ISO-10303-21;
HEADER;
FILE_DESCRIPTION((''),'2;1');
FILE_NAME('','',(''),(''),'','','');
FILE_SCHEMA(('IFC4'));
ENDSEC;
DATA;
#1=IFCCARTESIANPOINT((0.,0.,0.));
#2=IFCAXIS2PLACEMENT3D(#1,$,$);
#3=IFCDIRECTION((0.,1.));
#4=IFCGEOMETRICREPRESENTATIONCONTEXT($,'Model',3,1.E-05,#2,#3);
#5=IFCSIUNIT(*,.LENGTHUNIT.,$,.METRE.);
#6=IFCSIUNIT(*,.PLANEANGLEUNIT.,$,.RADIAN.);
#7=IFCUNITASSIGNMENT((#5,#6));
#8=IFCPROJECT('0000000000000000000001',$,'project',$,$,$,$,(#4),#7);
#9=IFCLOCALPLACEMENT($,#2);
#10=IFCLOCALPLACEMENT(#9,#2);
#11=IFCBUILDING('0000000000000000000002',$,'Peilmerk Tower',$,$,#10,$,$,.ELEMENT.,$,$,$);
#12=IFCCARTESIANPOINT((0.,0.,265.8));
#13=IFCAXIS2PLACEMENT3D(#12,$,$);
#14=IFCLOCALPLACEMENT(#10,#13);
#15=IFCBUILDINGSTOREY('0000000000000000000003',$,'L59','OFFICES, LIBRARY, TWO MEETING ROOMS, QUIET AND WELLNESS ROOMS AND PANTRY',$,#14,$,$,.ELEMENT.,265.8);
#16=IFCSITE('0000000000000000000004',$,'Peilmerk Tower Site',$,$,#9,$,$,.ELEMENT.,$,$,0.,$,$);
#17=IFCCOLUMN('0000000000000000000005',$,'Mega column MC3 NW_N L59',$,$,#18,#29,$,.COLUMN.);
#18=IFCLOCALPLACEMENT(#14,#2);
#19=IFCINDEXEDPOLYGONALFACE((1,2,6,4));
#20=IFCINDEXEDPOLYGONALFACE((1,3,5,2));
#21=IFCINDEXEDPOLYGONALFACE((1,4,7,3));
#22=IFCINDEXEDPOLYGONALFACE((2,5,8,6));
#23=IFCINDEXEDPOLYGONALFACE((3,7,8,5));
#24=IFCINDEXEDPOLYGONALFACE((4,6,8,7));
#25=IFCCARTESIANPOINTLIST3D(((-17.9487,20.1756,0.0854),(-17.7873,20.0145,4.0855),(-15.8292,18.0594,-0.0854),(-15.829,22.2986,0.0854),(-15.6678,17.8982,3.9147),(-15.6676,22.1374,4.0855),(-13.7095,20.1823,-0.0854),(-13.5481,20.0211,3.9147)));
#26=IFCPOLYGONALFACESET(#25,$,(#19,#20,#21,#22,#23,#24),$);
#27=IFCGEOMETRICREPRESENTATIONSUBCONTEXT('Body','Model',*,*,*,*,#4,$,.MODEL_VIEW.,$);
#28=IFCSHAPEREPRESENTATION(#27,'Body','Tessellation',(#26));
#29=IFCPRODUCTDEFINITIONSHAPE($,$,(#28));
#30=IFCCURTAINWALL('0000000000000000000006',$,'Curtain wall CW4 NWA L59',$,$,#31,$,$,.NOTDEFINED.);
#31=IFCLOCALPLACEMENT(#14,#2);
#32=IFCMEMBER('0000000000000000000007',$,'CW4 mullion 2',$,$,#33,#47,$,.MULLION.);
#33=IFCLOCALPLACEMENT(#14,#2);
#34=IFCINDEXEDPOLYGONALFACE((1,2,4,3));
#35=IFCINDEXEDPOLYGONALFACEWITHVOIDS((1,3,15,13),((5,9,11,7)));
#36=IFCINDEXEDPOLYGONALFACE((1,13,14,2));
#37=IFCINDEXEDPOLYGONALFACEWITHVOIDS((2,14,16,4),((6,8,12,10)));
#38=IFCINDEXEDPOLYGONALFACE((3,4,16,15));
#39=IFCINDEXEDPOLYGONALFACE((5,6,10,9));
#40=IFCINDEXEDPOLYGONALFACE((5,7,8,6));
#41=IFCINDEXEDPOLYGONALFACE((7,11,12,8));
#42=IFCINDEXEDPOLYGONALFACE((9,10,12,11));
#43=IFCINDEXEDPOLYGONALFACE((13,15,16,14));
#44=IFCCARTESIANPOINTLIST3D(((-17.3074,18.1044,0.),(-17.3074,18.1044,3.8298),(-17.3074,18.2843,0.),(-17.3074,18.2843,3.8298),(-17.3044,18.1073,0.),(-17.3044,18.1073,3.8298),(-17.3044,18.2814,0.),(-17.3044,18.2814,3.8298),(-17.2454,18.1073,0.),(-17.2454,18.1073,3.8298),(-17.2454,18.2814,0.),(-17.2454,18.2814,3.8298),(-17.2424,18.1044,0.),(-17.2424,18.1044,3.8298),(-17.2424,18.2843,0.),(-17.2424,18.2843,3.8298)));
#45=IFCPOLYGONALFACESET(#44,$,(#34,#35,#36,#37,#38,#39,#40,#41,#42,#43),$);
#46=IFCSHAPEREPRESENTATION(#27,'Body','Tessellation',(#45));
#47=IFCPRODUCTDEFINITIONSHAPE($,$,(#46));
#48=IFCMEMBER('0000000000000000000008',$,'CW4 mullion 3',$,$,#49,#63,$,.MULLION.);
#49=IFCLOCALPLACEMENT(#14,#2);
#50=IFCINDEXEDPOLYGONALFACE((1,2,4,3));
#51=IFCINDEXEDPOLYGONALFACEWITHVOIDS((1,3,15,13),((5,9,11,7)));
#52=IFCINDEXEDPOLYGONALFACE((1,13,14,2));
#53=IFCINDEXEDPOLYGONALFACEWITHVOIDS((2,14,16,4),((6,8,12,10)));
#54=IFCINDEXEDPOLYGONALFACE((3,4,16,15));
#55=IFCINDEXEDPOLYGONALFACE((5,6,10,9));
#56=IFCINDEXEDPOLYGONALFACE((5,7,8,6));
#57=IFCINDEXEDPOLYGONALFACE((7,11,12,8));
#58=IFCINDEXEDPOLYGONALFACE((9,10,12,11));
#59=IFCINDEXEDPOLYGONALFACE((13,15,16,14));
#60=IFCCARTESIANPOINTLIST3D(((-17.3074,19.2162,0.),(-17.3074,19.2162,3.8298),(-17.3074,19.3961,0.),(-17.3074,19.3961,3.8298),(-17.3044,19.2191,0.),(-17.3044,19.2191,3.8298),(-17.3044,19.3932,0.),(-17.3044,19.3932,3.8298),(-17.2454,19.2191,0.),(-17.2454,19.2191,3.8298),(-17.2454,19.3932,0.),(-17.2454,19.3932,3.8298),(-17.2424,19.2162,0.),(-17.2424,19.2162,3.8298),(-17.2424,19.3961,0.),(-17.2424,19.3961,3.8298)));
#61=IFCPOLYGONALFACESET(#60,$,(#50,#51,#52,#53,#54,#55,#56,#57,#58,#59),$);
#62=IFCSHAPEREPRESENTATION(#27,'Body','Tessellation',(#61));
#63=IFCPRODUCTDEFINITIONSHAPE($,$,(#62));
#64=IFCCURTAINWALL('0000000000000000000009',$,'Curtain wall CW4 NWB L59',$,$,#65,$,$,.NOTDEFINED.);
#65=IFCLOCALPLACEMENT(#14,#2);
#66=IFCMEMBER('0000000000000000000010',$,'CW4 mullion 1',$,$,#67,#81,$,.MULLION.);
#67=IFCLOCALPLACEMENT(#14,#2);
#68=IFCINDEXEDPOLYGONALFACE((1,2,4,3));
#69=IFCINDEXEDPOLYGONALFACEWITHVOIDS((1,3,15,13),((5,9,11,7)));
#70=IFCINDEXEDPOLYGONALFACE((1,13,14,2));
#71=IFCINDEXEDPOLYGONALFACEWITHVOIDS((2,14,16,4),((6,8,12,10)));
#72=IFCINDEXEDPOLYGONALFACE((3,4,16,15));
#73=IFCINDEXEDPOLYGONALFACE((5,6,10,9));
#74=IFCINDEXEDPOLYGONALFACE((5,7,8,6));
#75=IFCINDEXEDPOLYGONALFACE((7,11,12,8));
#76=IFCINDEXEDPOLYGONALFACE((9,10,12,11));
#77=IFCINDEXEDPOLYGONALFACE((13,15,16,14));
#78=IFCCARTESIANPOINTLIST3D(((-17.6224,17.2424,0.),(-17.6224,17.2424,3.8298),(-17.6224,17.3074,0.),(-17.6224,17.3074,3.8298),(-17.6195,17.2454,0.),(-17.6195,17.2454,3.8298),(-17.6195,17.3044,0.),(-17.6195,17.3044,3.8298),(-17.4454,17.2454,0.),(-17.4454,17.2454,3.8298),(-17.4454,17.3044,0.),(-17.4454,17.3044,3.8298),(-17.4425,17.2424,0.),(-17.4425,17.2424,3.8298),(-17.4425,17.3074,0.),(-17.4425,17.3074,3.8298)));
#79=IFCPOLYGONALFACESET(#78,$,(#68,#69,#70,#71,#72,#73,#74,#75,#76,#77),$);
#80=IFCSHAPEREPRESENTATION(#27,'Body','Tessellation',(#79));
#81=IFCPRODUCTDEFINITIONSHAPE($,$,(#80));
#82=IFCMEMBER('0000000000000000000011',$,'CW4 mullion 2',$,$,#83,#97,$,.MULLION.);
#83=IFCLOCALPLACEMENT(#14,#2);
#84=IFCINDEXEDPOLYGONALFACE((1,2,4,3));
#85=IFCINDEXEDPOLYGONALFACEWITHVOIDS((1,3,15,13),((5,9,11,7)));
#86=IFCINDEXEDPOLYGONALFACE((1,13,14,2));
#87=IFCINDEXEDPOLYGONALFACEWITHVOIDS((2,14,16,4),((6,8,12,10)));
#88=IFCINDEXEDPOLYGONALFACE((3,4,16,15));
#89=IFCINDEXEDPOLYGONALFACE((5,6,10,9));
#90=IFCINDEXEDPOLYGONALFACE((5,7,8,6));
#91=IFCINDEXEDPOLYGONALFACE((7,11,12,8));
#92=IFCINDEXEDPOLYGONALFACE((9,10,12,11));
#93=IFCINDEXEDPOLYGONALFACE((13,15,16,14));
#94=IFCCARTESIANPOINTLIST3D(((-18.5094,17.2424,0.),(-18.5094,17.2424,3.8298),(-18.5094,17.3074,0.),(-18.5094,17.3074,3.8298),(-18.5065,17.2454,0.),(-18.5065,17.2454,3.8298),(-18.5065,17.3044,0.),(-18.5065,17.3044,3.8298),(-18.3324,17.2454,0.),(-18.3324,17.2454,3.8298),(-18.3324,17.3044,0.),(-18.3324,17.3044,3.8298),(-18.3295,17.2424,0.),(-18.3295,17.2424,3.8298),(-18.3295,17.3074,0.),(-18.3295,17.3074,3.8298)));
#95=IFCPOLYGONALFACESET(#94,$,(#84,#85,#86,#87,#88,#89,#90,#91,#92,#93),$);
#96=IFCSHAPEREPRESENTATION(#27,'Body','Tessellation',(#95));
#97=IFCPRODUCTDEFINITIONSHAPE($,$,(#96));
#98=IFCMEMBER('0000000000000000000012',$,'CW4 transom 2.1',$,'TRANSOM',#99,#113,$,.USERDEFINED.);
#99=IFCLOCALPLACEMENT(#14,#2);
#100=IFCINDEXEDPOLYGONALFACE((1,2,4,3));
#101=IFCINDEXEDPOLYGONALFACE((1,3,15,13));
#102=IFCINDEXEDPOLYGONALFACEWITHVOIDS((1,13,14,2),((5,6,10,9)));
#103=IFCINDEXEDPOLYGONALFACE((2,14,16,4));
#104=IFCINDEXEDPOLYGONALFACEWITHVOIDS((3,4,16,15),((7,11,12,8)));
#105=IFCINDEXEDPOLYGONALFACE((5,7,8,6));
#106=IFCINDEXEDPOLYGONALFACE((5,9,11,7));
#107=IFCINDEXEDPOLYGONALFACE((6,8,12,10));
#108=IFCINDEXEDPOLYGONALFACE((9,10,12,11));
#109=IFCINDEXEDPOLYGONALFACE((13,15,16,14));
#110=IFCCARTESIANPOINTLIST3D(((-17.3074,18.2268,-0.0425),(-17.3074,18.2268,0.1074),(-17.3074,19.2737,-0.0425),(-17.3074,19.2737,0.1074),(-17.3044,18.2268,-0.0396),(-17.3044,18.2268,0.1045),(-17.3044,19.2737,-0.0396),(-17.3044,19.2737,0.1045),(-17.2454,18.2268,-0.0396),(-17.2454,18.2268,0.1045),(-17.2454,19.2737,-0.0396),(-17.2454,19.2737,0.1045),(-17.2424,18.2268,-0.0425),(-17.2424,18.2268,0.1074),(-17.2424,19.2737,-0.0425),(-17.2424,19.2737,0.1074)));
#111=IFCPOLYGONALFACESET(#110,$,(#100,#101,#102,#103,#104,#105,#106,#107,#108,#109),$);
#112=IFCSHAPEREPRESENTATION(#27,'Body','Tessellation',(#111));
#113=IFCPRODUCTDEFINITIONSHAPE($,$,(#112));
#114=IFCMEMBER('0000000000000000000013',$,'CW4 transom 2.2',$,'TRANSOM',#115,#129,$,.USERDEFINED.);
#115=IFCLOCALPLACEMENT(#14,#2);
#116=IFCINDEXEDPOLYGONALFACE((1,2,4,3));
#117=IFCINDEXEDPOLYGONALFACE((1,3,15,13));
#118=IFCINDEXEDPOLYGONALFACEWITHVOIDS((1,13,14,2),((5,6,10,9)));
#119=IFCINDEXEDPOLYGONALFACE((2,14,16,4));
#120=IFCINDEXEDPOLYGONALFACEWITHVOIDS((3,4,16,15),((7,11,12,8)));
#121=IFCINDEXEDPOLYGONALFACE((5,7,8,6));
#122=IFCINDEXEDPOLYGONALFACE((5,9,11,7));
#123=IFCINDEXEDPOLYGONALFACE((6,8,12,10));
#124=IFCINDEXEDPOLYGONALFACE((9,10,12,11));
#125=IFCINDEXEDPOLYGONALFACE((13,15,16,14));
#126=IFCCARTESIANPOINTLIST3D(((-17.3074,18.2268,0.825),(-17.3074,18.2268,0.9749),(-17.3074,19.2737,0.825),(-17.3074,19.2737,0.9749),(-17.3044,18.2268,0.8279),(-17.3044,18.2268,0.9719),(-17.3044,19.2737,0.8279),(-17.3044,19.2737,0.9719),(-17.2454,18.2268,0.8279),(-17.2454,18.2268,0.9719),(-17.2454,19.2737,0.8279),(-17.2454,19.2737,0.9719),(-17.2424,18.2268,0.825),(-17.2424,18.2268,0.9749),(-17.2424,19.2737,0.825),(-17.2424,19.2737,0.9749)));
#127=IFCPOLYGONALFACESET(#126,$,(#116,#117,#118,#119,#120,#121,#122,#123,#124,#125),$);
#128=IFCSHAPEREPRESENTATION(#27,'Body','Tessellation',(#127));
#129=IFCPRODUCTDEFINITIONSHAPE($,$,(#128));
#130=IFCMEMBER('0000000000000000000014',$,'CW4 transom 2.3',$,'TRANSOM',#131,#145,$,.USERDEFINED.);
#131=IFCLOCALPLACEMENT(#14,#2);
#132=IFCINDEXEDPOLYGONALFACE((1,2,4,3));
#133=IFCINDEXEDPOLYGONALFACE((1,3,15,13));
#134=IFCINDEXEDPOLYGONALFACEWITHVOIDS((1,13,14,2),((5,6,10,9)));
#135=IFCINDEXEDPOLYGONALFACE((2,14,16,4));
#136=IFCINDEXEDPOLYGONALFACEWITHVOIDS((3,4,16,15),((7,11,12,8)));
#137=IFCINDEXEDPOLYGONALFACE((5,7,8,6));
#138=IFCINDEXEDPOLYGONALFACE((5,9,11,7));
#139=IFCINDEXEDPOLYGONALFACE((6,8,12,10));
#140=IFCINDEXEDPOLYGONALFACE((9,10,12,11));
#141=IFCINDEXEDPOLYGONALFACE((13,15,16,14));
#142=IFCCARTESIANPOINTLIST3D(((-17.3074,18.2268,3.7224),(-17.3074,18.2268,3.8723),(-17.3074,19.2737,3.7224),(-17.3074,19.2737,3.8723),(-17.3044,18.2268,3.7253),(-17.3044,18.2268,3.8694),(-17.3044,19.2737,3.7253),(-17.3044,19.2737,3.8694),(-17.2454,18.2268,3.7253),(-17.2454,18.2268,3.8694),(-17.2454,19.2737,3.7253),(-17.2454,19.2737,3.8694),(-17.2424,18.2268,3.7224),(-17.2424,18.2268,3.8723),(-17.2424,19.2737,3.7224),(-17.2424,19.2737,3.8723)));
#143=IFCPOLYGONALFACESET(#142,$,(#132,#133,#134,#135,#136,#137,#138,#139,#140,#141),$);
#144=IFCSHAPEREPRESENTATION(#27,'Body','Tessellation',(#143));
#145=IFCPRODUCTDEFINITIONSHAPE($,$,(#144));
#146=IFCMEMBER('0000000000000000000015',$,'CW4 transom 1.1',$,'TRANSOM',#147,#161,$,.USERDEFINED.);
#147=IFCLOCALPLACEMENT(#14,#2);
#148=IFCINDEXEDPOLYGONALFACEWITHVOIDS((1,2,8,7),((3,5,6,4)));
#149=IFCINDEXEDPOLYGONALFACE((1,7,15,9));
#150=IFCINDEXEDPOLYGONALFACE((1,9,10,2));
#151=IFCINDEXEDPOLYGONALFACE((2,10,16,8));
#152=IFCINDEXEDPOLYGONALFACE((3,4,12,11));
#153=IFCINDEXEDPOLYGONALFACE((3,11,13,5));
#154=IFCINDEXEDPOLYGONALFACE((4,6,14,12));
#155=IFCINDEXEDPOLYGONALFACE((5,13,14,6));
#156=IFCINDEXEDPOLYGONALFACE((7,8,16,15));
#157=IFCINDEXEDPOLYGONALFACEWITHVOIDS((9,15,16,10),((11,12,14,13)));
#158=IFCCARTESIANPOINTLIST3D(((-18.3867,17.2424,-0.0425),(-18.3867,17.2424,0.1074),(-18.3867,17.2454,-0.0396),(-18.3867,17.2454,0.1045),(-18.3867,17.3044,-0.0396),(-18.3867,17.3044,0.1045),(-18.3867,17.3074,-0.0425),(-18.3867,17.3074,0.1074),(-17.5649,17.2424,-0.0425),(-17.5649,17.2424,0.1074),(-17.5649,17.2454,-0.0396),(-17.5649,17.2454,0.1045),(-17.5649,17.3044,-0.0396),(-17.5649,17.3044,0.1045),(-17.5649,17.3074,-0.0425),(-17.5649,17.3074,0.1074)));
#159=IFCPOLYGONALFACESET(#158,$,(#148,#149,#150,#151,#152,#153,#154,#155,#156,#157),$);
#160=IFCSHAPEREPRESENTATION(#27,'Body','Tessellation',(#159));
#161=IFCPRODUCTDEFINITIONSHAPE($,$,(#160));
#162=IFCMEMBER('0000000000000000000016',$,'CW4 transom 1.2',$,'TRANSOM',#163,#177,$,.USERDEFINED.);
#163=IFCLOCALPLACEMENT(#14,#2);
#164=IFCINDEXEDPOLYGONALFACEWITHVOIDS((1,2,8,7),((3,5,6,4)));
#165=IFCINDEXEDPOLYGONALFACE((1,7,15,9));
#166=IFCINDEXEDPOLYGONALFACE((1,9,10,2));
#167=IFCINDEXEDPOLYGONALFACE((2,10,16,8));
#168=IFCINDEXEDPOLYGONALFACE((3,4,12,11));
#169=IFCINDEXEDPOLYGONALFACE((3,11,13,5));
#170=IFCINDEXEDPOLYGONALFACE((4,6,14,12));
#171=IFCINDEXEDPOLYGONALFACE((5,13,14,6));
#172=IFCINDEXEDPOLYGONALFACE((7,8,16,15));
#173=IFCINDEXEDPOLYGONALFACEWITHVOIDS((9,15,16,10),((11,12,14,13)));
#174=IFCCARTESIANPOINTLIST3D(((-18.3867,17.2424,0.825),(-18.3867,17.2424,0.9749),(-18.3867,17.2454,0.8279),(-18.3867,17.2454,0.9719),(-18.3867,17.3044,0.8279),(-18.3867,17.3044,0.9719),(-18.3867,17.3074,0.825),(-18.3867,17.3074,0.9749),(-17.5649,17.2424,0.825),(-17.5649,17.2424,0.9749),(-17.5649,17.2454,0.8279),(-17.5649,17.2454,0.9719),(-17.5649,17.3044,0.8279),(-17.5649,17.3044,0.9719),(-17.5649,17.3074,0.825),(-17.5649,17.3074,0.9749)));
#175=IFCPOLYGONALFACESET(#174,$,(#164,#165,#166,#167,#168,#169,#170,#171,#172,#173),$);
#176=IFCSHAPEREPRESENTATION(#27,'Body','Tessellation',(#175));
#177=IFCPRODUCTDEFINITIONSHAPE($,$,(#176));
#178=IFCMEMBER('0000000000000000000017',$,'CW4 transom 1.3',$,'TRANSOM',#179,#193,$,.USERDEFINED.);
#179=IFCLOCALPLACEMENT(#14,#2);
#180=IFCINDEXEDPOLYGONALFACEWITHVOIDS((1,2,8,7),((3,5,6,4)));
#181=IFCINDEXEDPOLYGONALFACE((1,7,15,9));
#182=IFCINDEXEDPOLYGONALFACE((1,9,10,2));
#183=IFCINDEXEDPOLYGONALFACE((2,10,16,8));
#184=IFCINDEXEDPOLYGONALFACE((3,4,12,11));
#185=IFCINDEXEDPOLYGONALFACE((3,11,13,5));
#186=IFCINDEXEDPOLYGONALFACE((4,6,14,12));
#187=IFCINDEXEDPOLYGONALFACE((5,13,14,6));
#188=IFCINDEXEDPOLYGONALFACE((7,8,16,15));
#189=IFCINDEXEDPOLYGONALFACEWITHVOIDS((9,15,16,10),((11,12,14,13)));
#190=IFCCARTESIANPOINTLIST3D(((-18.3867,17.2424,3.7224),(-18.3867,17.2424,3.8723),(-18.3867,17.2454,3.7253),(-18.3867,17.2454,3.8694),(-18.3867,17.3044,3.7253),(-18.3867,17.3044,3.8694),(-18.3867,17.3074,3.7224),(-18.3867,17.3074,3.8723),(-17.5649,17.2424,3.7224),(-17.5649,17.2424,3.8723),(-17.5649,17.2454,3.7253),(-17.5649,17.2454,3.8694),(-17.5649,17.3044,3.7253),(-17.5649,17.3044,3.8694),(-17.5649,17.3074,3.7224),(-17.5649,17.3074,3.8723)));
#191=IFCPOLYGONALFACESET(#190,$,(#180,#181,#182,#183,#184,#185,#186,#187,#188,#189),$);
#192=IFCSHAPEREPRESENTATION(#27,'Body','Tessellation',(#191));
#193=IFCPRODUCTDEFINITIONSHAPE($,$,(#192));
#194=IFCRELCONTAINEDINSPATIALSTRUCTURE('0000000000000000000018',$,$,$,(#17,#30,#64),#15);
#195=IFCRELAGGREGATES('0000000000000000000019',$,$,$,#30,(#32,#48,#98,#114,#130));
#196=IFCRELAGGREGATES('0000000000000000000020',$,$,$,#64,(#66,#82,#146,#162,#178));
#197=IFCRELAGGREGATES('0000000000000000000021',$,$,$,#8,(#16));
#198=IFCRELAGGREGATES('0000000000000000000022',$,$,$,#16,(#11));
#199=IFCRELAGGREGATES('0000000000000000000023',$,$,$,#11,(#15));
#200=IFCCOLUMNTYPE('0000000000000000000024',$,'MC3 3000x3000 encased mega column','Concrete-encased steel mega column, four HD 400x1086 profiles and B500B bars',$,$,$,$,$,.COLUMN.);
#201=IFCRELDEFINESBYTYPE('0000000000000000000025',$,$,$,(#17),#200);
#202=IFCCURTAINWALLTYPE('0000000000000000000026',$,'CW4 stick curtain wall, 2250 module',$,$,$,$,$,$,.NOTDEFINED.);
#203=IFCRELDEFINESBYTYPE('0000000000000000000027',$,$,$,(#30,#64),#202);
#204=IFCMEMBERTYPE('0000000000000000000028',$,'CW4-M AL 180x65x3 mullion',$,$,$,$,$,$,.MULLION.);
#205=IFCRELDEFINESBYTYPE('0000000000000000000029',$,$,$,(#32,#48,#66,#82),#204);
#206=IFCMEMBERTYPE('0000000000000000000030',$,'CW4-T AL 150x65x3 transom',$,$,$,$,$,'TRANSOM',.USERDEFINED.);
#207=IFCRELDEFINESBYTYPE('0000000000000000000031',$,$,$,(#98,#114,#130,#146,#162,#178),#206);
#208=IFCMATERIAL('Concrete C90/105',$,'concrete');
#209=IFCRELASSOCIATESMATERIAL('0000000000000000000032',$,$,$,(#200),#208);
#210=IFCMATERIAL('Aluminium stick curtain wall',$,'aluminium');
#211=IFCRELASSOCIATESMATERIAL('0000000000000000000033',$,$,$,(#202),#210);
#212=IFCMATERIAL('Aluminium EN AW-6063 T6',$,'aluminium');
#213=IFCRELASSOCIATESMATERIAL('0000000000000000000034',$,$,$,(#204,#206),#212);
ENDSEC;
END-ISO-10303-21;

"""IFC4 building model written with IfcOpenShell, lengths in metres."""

from ifc_helpers import new_model, si_unit, direction, frame, origin, origin_2d, place, context, subcontext, project, spatial, rectangle, hollow_rectangle, extrude, material, material_profile, profile_set, type_object, element, aggregate, save


model = new_model("IFC4")

# Units and contexts
model_context = context("Model", 3, precision=1e-05, world=origin(), true_north=direction((0.0, 1.0)))
body_context = subcontext(model_context, "Body", "Model", "MODEL_VIEW")
ifc_project = project(units=[si_unit("LENGTHUNIT", "METRE"), si_unit("PLANEANGLEUNIT", "RADIAN")], contexts=[model_context])

# Site, building, storey
site_placement = place(None, origin())
site = spatial("IfcSite", under=ifc_project, at=site_placement, Name="Peilmerk Tower Site", CompositionType="ELEMENT", RefElevation=0.0)
building_placement = place(site_placement, origin())
building = spatial("IfcBuilding", under=site, at=building_placement, Name="Peilmerk Tower", CompositionType="ELEMENT")
storey_placement = place(building_placement, frame((0.0, 0.0, 265.8)))
storey = spatial("IfcBuildingStorey", under=building, at=storey_placement, Name="L59", Description="OFFICES, LIBRARY, TWO MEETING ROOMS, QUIET AND WELLNESS ROOMS AND PANTRY", CompositionType="ELEMENT", Elevation=265.8)

# Column
ifc_material_1 = material(Name="Concrete C90/105", Category="concrete")
ifc_material_profile_1 = material_profile(ifc_material_1, rectangle(XDim=3.0, YDim=3.0, at=origin_2d()), Name="RC 3000x3000")
ifc_profile_set_1 = profile_set([ifc_material_profile_1], Name="Concrete C90/105")
column_type = type_object("IfcColumnType", Name="MC3 3000x3000 encased mega column", Description="Concrete-encased steel mega column, four HD 400x1086 profiles and B500B bars", PredefinedType="COLUMN", material=ifc_profile_set_1)
column_placement = place(storey_placement, frame((-15.8291, 20.179, 0.0), z_axis=(0.040279, -0.040218, 0.998379), x_axis=(0.706571, 0.707642, 0.0)))
element("IfcColumn", 1, at=column_placement, inside=storey, type_object=column_type, Name="Mega column MC3 NW_N L59", PredefinedType="COLUMN", context=body_context, shape_type="SweptSolid", body=[
    extrude(rectangle(XDim=3.0, YDim=3.0, at=origin_2d()), origin(), (0.0, 0.0, 1.0), 4.0066),
])

# Curtain walls, members
ifc_material_2 = material(Name="Aluminium stick curtain wall", Category="aluminium")
curtain_wall_type = type_object("IfcCurtainWallType", Name="CW4 stick curtain wall, 2250 module", PredefinedType="NOTDEFINED", material=ifc_material_2)
curtain_wall_1_placement = place(storey_placement, origin())
curtain_wall_1 = element("IfcCurtainWall", 2, at=curtain_wall_1_placement, inside=storey, type_object=curtain_wall_type, Name="Curtain wall CW4 NWA L59", PredefinedType="NOTDEFINED")
ifc_material_3 = material(Name="Aluminium EN AW-6063 T6", Category="aluminium")
ifc_material_profile_2 = material_profile(ifc_material_3, hollow_rectangle(XDim=0.0649, YDim=0.1799, WallThickness=0.0029, at=origin_2d()), Name="AL 180x65x3")
ifc_profile_set_2 = profile_set([ifc_material_profile_2], Name="Aluminium EN AW-6063 T6")
member_type_1 = type_object("IfcMemberType", Name="CW4-M AL 180x65x3 mullion", PredefinedType="MULLION", material=ifc_profile_set_2)
member_1_placement = place(storey_placement, frame((-17.2749, 18.1943, 0.0), z_axis=(0.0, 0.0, 1.0), x_axis=(-1.0, 0.0, 0.0)))
member_1 = element("IfcMember", 3, at=member_1_placement, type_object=member_type_1, Name="CW4 mullion 2", PredefinedType="MULLION", context=body_context, shape_type="SweptSolid", body=[
    extrude(hollow_rectangle(XDim=0.0649, YDim=0.1799, WallThickness=0.0029, at=origin_2d()), origin(), (0.0, 0.0, 1.0), 3.8298),
])
member_2_placement = place(storey_placement, frame((-17.2749, 19.3062, 0.0), z_axis=(0.0, 0.0, 1.0), x_axis=(-1.0, 0.0, 0.0)))
member_2 = element("IfcMember", 4, at=member_2_placement, type_object=member_type_1, Name="CW4 mullion 3", PredefinedType="MULLION", context=body_context, shape_type="SweptSolid", body=[
    extrude(hollow_rectangle(XDim=0.0649, YDim=0.1799, WallThickness=0.0029, at=origin_2d()), origin(), (0.0, 0.0, 1.0), 3.8298),
])
curtain_wall_2_placement = place(storey_placement, origin())
curtain_wall_2 = element("IfcCurtainWall", 5, at=curtain_wall_2_placement, inside=storey, type_object=curtain_wall_type, Name="Curtain wall CW4 NWB L59", PredefinedType="NOTDEFINED")
member_3_placement = place(storey_placement, frame((-17.5325, 17.2749, 0.0), z_axis=(0.0, 0.0, 1.0), x_axis=(0.0, -1.0, 0.0)))
member_3 = element("IfcMember", 6, at=member_3_placement, type_object=member_type_1, Name="CW4 mullion 1", PredefinedType="MULLION", context=body_context, shape_type="SweptSolid", body=[
    extrude(hollow_rectangle(XDim=0.0649, YDim=0.1799, WallThickness=0.0029, at=origin_2d()), origin(), (0.0, 0.0, 1.0), 3.8298),
])
member_4_placement = place(storey_placement, frame((-18.4194, 17.2749, 0.0), z_axis=(0.0, 0.0, 1.0), x_axis=(0.0, -1.0, 0.0)))
member_4 = element("IfcMember", 7, at=member_4_placement, type_object=member_type_1, Name="CW4 mullion 2", PredefinedType="MULLION", context=body_context, shape_type="SweptSolid", body=[
    extrude(hollow_rectangle(XDim=0.0649, YDim=0.1799, WallThickness=0.0029, at=origin_2d()), origin(), (0.0, 0.0, 1.0), 3.8298),
])

# Members
ifc_material_profile_3 = material_profile(ifc_material_3, hollow_rectangle(XDim=0.0649, YDim=0.1499, WallThickness=0.0029, at=origin_2d()), Name="AL 150x65x3")
ifc_profile_set_3 = profile_set([ifc_material_profile_3], Name="Aluminium EN AW-6063 T6")
member_type_2 = type_object("IfcMemberType", Name="CW4-T AL 150x65x3 transom", ElementType="TRANSOM", PredefinedType="USERDEFINED", material=ifc_profile_set_3)
member_5_placement = place(storey_placement, frame((-17.2749, 18.2268, 0.0325), z_axis=(0.0, 1.0, 0.0), x_axis=(-1.0, 0.0, 0.0)))
member_5 = element("IfcMember", 8, at=member_5_placement, type_object=member_type_2, Name="CW4 transom 2.1", ObjectType="TRANSOM", PredefinedType="USERDEFINED", context=body_context, shape_type="SweptSolid", body=[
    extrude(hollow_rectangle(XDim=0.0649, YDim=0.1499, WallThickness=0.0029, at=origin_2d()), origin(), (0.0, 0.0, 1.0), 1.0469),
])
member_6_placement = place(storey_placement, frame((-17.2749, 18.2268, 0.8999), z_axis=(0.0, 1.0, 0.0), x_axis=(-1.0, 0.0, 0.0)))
member_6 = element("IfcMember", 9, at=member_6_placement, type_object=member_type_2, Name="CW4 transom 2.2", ObjectType="TRANSOM", PredefinedType="USERDEFINED", context=body_context, shape_type="SweptSolid", body=[
    extrude(hollow_rectangle(XDim=0.0649, YDim=0.1499, WallThickness=0.0029, at=origin_2d()), origin(), (0.0, 0.0, 1.0), 1.0469),
])
member_7_placement = place(storey_placement, frame((-17.2749, 18.2268, 3.7974), z_axis=(0.0, 1.0, 0.0), x_axis=(-1.0, 0.0, 0.0)))
member_7 = element("IfcMember", 10, at=member_7_placement, type_object=member_type_2, Name="CW4 transom 2.3", ObjectType="TRANSOM", PredefinedType="USERDEFINED", context=body_context, shape_type="SweptSolid", body=[
    extrude(hollow_rectangle(XDim=0.0649, YDim=0.1499, WallThickness=0.0029, at=origin_2d()), origin(), (0.0, 0.0, 1.0), 1.0469),
])
member_8_placement = place(storey_placement, frame((-17.5649, 17.2749, 0.0325), z_axis=(-1.0, 0.0, 0.0), x_axis=(0.0, -1.0, 0.0)))
member_8 = element("IfcMember", 11, at=member_8_placement, type_object=member_type_2, Name="CW4 transom 1.1", ObjectType="TRANSOM", PredefinedType="USERDEFINED", context=body_context, shape_type="SweptSolid", body=[
    extrude(hollow_rectangle(XDim=0.0649, YDim=0.1499, WallThickness=0.0029, at=origin_2d()), origin(), (0.0, 0.0, 1.0), 0.8218),
])
member_9_placement = place(storey_placement, frame((-17.5649, 17.2749, 0.8999), z_axis=(-1.0, 0.0, 0.0), x_axis=(0.0, -1.0, 0.0)))
member_9 = element("IfcMember", 12, at=member_9_placement, type_object=member_type_2, Name="CW4 transom 1.2", ObjectType="TRANSOM", PredefinedType="USERDEFINED", context=body_context, shape_type="SweptSolid", body=[
    extrude(hollow_rectangle(XDim=0.0649, YDim=0.1499, WallThickness=0.0029, at=origin_2d()), origin(), (0.0, 0.0, 1.0), 0.8218),
])
member_10_placement = place(storey_placement, frame((-17.5649, 17.2749, 3.7974), z_axis=(-1.0, 0.0, 0.0), x_axis=(0.0, -1.0, 0.0)))
member_10 = element("IfcMember", 13, at=member_10_placement, type_object=member_type_2, Name="CW4 transom 1.3", ObjectType="TRANSOM", PredefinedType="USERDEFINED", context=body_context, shape_type="SweptSolid", body=[
    extrude(hollow_rectangle(XDim=0.0649, YDim=0.1499, WallThickness=0.0029, at=origin_2d()), origin(), (0.0, 0.0, 1.0), 0.8218),
])

aggregate(curtain_wall_1, [member_1, member_2, member_5, member_6, member_7])
aggregate(curtain_wall_2, [member_3, member_4, member_8, member_9, member_10])

save(model, "model.ifc")
